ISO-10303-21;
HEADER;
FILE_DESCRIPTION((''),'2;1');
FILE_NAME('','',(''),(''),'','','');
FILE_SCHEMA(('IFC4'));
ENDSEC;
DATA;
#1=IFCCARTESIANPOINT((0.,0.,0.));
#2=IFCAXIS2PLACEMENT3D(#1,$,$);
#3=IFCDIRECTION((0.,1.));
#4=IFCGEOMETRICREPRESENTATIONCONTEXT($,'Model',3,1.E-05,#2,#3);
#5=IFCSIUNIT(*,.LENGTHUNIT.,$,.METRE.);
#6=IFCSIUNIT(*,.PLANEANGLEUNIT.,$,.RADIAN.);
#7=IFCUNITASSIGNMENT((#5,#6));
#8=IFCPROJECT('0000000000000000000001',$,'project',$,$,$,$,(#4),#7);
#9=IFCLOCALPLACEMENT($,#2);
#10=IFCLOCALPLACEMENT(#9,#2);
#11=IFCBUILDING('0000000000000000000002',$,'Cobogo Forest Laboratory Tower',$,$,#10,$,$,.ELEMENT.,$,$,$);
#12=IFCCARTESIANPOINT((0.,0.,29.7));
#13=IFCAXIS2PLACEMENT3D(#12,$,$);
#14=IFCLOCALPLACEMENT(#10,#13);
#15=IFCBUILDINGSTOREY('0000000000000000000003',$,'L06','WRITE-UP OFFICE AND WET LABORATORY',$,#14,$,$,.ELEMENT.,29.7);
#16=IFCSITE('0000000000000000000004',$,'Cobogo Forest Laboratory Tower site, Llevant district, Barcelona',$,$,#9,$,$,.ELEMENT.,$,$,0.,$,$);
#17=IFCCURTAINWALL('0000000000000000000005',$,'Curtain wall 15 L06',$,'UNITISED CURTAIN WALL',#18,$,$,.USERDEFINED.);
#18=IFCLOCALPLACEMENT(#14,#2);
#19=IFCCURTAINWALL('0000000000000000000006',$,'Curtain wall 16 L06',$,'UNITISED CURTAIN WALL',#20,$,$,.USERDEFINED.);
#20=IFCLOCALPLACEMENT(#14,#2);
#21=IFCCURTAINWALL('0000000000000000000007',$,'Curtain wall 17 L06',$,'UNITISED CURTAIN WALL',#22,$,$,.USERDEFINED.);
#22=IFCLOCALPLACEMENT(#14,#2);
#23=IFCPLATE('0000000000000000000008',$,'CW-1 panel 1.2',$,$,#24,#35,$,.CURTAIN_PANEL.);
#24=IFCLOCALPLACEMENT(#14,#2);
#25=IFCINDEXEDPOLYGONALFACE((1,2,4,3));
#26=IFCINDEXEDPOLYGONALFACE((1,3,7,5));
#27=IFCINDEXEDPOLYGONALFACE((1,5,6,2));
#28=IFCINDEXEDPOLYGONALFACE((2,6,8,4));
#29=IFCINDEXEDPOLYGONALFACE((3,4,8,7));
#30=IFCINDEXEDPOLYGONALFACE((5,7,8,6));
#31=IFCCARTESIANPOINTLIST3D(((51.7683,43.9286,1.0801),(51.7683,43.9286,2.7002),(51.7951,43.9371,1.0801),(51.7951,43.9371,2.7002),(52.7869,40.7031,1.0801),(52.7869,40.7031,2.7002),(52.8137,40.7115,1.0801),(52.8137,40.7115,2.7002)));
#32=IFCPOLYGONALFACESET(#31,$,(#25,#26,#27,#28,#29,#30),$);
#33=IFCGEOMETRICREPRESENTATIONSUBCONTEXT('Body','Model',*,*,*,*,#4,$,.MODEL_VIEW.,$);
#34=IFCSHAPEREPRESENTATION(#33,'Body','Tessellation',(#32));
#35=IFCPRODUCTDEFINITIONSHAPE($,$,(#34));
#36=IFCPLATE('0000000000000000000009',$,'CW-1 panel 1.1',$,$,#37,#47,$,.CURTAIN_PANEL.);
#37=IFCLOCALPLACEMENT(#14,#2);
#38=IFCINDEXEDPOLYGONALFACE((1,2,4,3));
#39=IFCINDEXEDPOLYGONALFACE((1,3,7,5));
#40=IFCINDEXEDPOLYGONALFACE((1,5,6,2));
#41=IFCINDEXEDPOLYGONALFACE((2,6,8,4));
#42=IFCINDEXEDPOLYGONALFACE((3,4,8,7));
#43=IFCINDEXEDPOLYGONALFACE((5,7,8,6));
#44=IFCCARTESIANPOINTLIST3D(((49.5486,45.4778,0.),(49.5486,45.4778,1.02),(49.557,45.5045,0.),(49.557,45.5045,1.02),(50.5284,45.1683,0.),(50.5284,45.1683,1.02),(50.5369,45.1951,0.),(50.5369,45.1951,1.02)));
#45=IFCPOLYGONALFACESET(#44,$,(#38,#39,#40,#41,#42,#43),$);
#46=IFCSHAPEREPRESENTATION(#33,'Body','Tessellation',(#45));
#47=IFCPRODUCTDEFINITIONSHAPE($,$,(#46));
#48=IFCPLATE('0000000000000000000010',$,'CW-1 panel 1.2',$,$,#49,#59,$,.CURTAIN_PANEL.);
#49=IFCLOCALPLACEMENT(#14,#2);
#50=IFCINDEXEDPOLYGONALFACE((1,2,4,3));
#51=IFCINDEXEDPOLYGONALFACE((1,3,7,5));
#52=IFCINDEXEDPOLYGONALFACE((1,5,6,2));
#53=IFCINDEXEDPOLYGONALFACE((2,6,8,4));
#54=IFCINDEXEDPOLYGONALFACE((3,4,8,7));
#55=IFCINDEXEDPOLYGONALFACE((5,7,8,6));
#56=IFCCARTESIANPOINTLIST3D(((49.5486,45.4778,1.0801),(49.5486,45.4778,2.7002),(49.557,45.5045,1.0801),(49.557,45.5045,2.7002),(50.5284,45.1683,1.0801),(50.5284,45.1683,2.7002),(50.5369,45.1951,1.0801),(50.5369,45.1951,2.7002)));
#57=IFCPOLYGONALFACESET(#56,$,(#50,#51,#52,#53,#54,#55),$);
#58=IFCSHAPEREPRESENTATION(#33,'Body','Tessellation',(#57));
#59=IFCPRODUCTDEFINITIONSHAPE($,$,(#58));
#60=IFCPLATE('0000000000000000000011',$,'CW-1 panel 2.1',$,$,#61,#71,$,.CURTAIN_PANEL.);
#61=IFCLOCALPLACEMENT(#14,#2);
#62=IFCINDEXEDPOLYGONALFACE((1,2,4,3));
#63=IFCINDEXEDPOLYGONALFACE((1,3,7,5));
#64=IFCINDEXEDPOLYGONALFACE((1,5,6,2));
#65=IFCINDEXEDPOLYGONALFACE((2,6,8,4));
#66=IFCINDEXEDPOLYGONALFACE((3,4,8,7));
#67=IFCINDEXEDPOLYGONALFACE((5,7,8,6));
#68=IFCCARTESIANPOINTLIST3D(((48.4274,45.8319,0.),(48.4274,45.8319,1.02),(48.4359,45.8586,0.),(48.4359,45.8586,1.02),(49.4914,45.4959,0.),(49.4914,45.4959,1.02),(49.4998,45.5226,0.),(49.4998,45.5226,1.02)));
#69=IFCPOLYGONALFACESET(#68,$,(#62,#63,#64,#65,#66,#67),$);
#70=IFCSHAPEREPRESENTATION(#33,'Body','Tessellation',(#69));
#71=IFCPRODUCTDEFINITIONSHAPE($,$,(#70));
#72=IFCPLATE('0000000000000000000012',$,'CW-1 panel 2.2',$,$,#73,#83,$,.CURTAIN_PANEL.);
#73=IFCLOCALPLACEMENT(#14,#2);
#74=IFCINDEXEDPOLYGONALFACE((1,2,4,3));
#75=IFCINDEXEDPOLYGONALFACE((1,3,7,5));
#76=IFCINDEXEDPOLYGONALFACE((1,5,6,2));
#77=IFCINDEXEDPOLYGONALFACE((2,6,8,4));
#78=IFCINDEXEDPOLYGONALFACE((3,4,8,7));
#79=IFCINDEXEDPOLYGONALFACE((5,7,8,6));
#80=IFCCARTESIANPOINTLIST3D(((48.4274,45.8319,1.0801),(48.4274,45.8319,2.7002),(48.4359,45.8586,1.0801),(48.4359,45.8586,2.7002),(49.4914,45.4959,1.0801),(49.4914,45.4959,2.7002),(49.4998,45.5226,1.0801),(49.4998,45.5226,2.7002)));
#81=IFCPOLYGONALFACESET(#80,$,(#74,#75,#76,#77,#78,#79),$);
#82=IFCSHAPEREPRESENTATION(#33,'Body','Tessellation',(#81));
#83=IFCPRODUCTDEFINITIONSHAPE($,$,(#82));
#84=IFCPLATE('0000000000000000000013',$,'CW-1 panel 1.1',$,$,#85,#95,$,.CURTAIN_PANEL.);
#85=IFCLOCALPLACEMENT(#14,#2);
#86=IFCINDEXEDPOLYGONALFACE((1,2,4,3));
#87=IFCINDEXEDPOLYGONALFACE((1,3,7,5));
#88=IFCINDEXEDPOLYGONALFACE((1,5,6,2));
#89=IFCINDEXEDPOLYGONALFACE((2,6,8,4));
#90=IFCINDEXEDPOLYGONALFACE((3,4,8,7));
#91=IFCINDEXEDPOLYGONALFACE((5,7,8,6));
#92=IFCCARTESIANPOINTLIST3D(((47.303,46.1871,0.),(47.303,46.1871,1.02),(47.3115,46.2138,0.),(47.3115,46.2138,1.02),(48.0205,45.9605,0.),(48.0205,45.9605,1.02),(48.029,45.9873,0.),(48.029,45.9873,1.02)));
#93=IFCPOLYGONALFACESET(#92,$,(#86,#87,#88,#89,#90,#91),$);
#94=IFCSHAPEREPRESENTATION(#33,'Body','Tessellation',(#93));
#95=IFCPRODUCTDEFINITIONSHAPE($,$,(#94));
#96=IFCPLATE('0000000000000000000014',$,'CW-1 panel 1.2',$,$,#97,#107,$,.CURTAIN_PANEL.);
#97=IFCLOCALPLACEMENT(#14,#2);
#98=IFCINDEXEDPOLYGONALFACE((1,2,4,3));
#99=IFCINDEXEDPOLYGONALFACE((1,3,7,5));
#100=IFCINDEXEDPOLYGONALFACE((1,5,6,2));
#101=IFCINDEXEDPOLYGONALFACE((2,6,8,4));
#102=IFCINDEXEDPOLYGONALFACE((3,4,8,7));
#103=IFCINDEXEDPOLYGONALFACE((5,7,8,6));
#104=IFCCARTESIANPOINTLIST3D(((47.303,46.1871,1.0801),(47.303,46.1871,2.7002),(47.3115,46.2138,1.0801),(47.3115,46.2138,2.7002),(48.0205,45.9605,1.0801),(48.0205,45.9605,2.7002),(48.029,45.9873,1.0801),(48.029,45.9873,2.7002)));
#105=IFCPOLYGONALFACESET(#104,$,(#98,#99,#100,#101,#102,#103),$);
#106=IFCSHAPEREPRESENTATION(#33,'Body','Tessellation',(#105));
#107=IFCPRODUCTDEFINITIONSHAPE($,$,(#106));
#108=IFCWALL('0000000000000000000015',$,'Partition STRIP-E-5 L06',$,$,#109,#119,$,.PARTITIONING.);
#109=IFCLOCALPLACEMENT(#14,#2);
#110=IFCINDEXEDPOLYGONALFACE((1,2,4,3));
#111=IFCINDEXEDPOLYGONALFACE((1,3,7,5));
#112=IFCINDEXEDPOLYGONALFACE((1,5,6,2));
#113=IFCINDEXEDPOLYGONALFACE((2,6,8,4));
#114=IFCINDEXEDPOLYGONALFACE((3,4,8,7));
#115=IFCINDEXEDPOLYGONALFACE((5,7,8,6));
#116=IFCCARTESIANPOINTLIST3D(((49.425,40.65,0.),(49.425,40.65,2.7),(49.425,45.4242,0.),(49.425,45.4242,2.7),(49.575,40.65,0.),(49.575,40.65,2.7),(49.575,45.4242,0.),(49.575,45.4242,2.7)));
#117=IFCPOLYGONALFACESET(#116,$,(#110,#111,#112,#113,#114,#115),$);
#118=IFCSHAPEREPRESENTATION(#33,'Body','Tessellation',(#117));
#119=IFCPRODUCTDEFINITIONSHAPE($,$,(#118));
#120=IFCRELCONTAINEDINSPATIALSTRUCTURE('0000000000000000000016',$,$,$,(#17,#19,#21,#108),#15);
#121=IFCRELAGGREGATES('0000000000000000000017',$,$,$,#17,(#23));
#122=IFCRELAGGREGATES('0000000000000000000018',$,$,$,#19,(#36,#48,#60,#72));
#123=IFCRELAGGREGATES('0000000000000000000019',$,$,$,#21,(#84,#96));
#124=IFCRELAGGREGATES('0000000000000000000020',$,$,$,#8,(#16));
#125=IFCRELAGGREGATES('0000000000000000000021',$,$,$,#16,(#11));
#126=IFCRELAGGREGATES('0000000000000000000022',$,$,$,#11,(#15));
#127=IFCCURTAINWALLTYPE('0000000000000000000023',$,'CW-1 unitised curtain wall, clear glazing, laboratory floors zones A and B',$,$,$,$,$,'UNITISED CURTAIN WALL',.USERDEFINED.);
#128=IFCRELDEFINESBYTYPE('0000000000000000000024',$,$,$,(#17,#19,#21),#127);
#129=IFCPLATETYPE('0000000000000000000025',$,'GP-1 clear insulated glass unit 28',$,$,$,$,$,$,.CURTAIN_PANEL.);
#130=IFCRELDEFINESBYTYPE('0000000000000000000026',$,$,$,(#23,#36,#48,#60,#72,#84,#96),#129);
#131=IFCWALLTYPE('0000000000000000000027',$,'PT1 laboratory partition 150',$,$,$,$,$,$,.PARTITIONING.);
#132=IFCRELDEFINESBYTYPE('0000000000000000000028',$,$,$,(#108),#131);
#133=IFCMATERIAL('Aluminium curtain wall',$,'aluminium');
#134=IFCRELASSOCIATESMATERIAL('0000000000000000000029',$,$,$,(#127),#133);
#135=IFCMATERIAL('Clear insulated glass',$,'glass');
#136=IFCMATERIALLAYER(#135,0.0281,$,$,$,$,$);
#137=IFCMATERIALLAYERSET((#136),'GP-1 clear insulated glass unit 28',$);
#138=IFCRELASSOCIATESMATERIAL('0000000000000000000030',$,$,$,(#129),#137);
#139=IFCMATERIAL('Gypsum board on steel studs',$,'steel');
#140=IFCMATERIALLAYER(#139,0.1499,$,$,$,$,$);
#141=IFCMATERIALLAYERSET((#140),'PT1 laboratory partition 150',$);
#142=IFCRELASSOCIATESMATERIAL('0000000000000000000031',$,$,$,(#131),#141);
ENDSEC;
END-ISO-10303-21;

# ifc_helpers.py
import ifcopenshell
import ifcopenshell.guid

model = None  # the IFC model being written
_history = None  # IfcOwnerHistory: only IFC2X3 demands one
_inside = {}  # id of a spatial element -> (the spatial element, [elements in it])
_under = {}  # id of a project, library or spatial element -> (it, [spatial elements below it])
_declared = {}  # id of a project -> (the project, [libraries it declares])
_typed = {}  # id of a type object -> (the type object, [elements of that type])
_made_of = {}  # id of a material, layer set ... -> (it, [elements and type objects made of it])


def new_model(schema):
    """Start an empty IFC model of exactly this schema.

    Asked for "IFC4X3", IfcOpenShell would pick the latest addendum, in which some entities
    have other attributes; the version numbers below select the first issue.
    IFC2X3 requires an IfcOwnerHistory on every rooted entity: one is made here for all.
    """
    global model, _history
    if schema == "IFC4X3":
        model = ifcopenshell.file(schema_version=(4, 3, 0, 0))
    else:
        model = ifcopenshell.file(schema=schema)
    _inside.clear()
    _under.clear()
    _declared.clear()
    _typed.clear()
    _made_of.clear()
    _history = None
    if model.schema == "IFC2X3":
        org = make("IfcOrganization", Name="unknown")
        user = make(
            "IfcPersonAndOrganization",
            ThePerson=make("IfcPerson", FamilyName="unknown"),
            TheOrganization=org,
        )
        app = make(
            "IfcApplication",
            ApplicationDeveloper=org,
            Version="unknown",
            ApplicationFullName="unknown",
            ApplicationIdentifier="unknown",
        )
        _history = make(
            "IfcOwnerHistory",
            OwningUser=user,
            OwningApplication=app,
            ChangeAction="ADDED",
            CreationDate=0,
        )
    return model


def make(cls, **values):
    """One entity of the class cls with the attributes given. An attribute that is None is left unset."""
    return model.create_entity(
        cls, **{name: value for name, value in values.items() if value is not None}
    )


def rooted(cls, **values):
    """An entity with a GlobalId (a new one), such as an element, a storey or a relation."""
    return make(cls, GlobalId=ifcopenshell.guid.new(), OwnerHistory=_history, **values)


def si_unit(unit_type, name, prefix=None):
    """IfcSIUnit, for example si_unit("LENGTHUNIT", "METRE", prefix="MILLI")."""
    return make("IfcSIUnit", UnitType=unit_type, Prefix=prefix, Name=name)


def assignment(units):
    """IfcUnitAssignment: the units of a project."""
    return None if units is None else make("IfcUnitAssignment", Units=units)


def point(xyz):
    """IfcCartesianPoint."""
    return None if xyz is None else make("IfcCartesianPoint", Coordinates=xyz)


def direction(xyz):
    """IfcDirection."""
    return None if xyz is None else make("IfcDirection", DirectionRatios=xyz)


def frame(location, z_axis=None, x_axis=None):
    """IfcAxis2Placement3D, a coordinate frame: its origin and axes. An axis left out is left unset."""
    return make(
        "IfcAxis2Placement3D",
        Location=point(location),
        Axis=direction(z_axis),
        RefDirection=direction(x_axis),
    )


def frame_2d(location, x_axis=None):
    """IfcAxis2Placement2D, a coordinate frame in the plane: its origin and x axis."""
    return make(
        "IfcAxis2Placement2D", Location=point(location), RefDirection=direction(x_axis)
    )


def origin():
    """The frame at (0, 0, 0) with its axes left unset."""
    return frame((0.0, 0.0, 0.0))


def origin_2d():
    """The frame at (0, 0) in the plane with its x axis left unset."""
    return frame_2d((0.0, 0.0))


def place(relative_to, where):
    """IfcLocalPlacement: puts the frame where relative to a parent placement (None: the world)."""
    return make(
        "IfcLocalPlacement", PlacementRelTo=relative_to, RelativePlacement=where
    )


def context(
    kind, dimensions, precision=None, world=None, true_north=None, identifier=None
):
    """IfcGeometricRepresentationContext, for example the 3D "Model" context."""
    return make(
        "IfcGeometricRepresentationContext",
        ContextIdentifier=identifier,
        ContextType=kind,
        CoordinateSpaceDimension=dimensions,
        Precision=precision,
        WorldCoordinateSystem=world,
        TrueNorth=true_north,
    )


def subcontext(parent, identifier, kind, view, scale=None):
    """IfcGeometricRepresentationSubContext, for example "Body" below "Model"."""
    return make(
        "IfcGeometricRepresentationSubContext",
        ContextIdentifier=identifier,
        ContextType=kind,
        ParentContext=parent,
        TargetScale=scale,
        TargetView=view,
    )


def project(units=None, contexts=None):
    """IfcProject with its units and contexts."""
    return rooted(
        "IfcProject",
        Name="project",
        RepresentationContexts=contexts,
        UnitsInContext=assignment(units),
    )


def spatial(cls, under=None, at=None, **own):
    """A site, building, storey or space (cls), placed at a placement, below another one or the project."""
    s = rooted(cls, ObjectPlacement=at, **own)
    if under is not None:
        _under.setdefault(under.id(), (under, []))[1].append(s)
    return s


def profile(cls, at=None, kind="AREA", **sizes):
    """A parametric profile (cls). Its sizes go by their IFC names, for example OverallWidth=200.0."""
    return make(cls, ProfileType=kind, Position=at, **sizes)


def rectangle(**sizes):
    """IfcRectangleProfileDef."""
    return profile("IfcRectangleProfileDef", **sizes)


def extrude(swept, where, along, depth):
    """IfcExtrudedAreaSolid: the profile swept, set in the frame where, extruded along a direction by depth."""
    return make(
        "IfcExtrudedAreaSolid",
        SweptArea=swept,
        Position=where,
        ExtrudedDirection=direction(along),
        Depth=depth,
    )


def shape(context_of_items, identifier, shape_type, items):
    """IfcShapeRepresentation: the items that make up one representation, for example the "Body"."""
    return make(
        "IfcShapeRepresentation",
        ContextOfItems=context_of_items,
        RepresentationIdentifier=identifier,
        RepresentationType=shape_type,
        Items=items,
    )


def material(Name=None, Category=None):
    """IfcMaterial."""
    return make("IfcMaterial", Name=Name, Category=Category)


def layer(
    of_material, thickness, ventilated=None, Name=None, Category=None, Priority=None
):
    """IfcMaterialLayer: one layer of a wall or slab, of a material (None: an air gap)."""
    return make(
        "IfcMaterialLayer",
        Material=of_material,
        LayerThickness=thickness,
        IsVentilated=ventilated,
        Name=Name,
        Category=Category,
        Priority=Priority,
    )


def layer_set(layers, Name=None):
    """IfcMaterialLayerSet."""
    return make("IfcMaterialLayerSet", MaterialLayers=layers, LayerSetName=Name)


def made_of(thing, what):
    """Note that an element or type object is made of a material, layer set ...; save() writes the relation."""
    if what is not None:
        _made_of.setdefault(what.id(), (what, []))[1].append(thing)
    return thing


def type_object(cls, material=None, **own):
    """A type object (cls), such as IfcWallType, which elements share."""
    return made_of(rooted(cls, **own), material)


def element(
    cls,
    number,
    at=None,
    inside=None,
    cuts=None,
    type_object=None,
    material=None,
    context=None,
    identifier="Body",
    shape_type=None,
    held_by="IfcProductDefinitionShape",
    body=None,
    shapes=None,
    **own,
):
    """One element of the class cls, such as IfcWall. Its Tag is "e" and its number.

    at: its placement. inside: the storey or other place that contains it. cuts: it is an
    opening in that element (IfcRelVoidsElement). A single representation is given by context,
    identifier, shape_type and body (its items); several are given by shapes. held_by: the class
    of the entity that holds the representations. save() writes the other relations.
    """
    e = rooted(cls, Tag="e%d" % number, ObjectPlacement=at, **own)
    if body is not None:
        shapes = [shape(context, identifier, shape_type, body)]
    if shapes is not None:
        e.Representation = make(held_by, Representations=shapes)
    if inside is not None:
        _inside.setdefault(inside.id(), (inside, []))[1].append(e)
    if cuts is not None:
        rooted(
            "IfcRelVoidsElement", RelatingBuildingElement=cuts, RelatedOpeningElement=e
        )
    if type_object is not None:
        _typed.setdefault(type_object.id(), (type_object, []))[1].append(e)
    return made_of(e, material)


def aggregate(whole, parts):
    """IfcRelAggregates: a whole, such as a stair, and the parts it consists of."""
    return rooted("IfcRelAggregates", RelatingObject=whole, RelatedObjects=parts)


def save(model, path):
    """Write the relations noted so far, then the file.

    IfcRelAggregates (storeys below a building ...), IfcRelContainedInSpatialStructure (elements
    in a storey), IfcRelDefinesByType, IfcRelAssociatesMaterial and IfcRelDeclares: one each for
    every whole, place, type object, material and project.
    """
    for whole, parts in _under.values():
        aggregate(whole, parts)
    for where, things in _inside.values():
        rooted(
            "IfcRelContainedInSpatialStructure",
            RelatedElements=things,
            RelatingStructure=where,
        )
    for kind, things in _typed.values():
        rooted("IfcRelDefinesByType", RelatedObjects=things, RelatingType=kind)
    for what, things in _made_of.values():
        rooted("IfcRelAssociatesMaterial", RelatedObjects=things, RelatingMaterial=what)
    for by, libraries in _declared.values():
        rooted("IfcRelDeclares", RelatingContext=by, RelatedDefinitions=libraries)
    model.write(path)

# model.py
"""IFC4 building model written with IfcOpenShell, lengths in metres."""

from ifc_helpers import new_model, si_unit, direction, frame, frame_2d, origin, origin_2d, place, context, subcontext, project, spatial, rectangle, extrude, material, layer, layer_set, type_object, element, aggregate, save


model = new_model("IFC4")

# Units and contexts
model_context = context("Model", 3, precision=1e-05, world=origin(), true_north=direction((0.0, 1.0)))
body_context = subcontext(model_context, "Body", "Model", "MODEL_VIEW")
ifc_project = project(units=[si_unit("LENGTHUNIT", "METRE"), si_unit("PLANEANGLEUNIT", "RADIAN")], contexts=[model_context])

# Site, building, storey
site_placement = place(None, origin())
site = spatial("IfcSite", under=ifc_project, at=site_placement, Name="Cobogo Forest Laboratory Tower site, Llevant district, Barcelona", CompositionType="ELEMENT", RefElevation=0.0)
building_placement = place(site_placement, origin())
building = spatial("IfcBuilding", under=site, at=building_placement, Name="Cobogo Forest Laboratory Tower", CompositionType="ELEMENT")
storey_placement = place(building_placement, frame((0.0, 0.0, 29.7)))
storey = spatial("IfcBuildingStorey", under=building, at=storey_placement, Name="L06", Description="WRITE-UP OFFICE AND WET LABORATORY", CompositionType="ELEMENT", Elevation=29.7)

# Curtain walls
ifc_material_1 = material(Name="Aluminium curtain wall", Category="aluminium")
curtain_wall_type = type_object("IfcCurtainWallType", Name="CW-1 unitised curtain wall, clear glazing, laboratory floors zones A and B", ElementType="UNITISED CURTAIN WALL", PredefinedType="USERDEFINED", material=ifc_material_1)
curtain_wall_1_placement = place(storey_placement, origin())
curtain_wall_1 = element("IfcCurtainWall", 1, at=curtain_wall_1_placement, inside=storey, type_object=curtain_wall_type, Name="Curtain wall 15 L06", ObjectType="UNITISED CURTAIN WALL", PredefinedType="USERDEFINED")
curtain_wall_2_placement = place(storey_placement, origin())
curtain_wall_2 = element("IfcCurtainWall", 2, at=curtain_wall_2_placement, inside=storey, type_object=curtain_wall_type, Name="Curtain wall 16 L06", ObjectType="UNITISED CURTAIN WALL", PredefinedType="USERDEFINED")
curtain_wall_3_placement = place(storey_placement, origin())
curtain_wall_3 = element("IfcCurtainWall", 3, at=curtain_wall_3_placement, inside=storey, type_object=curtain_wall_type, Name="Curtain wall 17 L06", ObjectType="UNITISED CURTAIN WALL", PredefinedType="USERDEFINED")

# Plates
ifc_material_2 = material(Name="Clear insulated glass", Category="glass")
ifc_layer_1 = layer(ifc_material_2, 0.0281)
ifc_layer_set_1 = layer_set([ifc_layer_1], Name="GP-1 clear insulated glass unit 28")
plate_type = type_object("IfcPlateType", Name="GP-1 clear insulated glass unit 28", PredefinedType="CURTAIN_PANEL", material=ifc_layer_set_1)
plate_1_placement = place(storey_placement, frame((52.291, 42.3201, 1.0801), z_axis=(0.0, 0.0, 1.0), x_axis=(-0.301135, 0.953581, 0.0)))
plate_1 = element("IfcPlate", 4, at=plate_1_placement, type_object=plate_type, Name="CW-1 panel 1.2", PredefinedType="CURTAIN_PANEL", context=body_context, shape_type="SweptSolid", body=[
    extrude(rectangle(XDim=3.3826, YDim=0.0281, at=origin_2d()), origin(), (0.0, 0.0, 1.0), 1.6201),
])
aggregate(curtain_wall_1, [plate_1])
plate_2_placement = place(storey_placement, frame((50.0427, 45.3364, 0.0), z_axis=(0.0, 0.0, 1.0), x_axis=(-0.953581, 0.301135, 0.0)))
plate_2 = element("IfcPlate", 5, at=plate_2_placement, type_object=plate_type, Name="CW-1 panel 1.1", PredefinedType="CURTAIN_PANEL", context=body_context, shape_type="SweptSolid", body=[
    extrude(rectangle(XDim=1.0276, YDim=0.0281, at=origin_2d()), origin(), (0.0, 0.0, 1.0), 1.02),
])
plate_3_placement = place(storey_placement, frame((50.0427, 45.3364, 1.0801), z_axis=(0.0, 0.0, 1.0), x_axis=(-0.953581, 0.301135, 0.0)))
plate_3 = element("IfcPlate", 6, at=plate_3_placement, type_object=plate_type, Name="CW-1 panel 1.2", PredefinedType="CURTAIN_PANEL", context=body_context, shape_type="SweptSolid", body=[
    extrude(rectangle(XDim=1.0276, YDim=0.0281, at=origin_2d()), origin(), (0.0, 0.0, 1.0), 1.6201),
])
plate_4_placement = place(storey_placement, frame((48.9636, 45.6772, 0.0), z_axis=(0.0, 0.0, 1.0), x_axis=(-0.953581, 0.301135, 0.0)))
plate_4 = element("IfcPlate", 7, at=plate_4_placement, type_object=plate_type, Name="CW-1 panel 2.1", PredefinedType="CURTAIN_PANEL", context=body_context, shape_type="SweptSolid", body=[
    extrude(rectangle(XDim=1.1157, YDim=0.0281, at=origin_2d()), origin(), (0.0, 0.0, 1.0), 1.02),
])
plate_5_placement = place(storey_placement, frame((48.9636, 45.6772, 1.0801), z_axis=(0.0, 0.0, 1.0), x_axis=(-0.953581, 0.301135, 0.0)))
plate_5 = element("IfcPlate", 8, at=plate_5_placement, type_object=plate_type, Name="CW-1 panel 2.2", PredefinedType="CURTAIN_PANEL", context=body_context, shape_type="SweptSolid", body=[
    extrude(rectangle(XDim=1.1157, YDim=0.0281, at=origin_2d()), origin(), (0.0, 0.0, 1.0), 1.6201),
])
aggregate(curtain_wall_2, [plate_2, plate_3, plate_4, plate_5])
plate_6_placement = place(storey_placement, frame((47.666, 46.0872, 0.0), z_axis=(0.0, 0.0, 1.0), x_axis=(-0.953582, 0.301135, 0.0)))
plate_6 = element("IfcPlate", 9, at=plate_6_placement, type_object=plate_type, Name="CW-1 panel 1.1", PredefinedType="CURTAIN_PANEL", context=body_context, shape_type="SweptSolid", body=[
    extrude(rectangle(XDim=0.7524, YDim=0.0281, at=origin_2d()), origin(), (0.0, 0.0, 1.0), 1.02),
])
plate_7_placement = place(storey_placement, frame((47.666, 46.0872, 1.0801), z_axis=(0.0, 0.0, 1.0), x_axis=(-0.953582, 0.301135, 0.0)))
plate_7 = element("IfcPlate", 10, at=plate_7_placement, type_object=plate_type, Name="CW-1 panel 1.2", PredefinedType="CURTAIN_PANEL", context=body_context, shape_type="SweptSolid", body=[
    extrude(rectangle(XDim=0.7524, YDim=0.0281, at=origin_2d()), origin(), (0.0, 0.0, 1.0), 1.6201),
])
aggregate(curtain_wall_3, [plate_6, plate_7])

# Wall
ifc_material_3 = material(Name="Gypsum board on steel studs", Category="steel")
ifc_layer_2 = layer(ifc_material_3, 0.1499)
ifc_layer_set_2 = layer_set([ifc_layer_2], Name="PT1 laboratory partition 150")
wall_type = type_object("IfcWallType", Name="PT1 laboratory partition 150", PredefinedType="PARTITIONING", material=ifc_layer_set_2)
wall_placement = place(storey_placement, frame((49.5, 40.6499, 0.0), z_axis=(0.0, 0.0, 1.0), x_axis=(0.0, 1.0, 0.0)))
element("IfcWall", 11, at=wall_placement, inside=storey, type_object=wall_type, Name="Partition STRIP-E-5 L06", PredefinedType="PARTITIONING", context=body_context, shape_type="SweptSolid", body=[
    extrude(rectangle(XDim=4.7742, YDim=0.1499, at=frame_2d((2.3872, 0.0))), origin(), (0.0, 0.0, 1.0), 2.7),
])

save(model, "model.ifc")
